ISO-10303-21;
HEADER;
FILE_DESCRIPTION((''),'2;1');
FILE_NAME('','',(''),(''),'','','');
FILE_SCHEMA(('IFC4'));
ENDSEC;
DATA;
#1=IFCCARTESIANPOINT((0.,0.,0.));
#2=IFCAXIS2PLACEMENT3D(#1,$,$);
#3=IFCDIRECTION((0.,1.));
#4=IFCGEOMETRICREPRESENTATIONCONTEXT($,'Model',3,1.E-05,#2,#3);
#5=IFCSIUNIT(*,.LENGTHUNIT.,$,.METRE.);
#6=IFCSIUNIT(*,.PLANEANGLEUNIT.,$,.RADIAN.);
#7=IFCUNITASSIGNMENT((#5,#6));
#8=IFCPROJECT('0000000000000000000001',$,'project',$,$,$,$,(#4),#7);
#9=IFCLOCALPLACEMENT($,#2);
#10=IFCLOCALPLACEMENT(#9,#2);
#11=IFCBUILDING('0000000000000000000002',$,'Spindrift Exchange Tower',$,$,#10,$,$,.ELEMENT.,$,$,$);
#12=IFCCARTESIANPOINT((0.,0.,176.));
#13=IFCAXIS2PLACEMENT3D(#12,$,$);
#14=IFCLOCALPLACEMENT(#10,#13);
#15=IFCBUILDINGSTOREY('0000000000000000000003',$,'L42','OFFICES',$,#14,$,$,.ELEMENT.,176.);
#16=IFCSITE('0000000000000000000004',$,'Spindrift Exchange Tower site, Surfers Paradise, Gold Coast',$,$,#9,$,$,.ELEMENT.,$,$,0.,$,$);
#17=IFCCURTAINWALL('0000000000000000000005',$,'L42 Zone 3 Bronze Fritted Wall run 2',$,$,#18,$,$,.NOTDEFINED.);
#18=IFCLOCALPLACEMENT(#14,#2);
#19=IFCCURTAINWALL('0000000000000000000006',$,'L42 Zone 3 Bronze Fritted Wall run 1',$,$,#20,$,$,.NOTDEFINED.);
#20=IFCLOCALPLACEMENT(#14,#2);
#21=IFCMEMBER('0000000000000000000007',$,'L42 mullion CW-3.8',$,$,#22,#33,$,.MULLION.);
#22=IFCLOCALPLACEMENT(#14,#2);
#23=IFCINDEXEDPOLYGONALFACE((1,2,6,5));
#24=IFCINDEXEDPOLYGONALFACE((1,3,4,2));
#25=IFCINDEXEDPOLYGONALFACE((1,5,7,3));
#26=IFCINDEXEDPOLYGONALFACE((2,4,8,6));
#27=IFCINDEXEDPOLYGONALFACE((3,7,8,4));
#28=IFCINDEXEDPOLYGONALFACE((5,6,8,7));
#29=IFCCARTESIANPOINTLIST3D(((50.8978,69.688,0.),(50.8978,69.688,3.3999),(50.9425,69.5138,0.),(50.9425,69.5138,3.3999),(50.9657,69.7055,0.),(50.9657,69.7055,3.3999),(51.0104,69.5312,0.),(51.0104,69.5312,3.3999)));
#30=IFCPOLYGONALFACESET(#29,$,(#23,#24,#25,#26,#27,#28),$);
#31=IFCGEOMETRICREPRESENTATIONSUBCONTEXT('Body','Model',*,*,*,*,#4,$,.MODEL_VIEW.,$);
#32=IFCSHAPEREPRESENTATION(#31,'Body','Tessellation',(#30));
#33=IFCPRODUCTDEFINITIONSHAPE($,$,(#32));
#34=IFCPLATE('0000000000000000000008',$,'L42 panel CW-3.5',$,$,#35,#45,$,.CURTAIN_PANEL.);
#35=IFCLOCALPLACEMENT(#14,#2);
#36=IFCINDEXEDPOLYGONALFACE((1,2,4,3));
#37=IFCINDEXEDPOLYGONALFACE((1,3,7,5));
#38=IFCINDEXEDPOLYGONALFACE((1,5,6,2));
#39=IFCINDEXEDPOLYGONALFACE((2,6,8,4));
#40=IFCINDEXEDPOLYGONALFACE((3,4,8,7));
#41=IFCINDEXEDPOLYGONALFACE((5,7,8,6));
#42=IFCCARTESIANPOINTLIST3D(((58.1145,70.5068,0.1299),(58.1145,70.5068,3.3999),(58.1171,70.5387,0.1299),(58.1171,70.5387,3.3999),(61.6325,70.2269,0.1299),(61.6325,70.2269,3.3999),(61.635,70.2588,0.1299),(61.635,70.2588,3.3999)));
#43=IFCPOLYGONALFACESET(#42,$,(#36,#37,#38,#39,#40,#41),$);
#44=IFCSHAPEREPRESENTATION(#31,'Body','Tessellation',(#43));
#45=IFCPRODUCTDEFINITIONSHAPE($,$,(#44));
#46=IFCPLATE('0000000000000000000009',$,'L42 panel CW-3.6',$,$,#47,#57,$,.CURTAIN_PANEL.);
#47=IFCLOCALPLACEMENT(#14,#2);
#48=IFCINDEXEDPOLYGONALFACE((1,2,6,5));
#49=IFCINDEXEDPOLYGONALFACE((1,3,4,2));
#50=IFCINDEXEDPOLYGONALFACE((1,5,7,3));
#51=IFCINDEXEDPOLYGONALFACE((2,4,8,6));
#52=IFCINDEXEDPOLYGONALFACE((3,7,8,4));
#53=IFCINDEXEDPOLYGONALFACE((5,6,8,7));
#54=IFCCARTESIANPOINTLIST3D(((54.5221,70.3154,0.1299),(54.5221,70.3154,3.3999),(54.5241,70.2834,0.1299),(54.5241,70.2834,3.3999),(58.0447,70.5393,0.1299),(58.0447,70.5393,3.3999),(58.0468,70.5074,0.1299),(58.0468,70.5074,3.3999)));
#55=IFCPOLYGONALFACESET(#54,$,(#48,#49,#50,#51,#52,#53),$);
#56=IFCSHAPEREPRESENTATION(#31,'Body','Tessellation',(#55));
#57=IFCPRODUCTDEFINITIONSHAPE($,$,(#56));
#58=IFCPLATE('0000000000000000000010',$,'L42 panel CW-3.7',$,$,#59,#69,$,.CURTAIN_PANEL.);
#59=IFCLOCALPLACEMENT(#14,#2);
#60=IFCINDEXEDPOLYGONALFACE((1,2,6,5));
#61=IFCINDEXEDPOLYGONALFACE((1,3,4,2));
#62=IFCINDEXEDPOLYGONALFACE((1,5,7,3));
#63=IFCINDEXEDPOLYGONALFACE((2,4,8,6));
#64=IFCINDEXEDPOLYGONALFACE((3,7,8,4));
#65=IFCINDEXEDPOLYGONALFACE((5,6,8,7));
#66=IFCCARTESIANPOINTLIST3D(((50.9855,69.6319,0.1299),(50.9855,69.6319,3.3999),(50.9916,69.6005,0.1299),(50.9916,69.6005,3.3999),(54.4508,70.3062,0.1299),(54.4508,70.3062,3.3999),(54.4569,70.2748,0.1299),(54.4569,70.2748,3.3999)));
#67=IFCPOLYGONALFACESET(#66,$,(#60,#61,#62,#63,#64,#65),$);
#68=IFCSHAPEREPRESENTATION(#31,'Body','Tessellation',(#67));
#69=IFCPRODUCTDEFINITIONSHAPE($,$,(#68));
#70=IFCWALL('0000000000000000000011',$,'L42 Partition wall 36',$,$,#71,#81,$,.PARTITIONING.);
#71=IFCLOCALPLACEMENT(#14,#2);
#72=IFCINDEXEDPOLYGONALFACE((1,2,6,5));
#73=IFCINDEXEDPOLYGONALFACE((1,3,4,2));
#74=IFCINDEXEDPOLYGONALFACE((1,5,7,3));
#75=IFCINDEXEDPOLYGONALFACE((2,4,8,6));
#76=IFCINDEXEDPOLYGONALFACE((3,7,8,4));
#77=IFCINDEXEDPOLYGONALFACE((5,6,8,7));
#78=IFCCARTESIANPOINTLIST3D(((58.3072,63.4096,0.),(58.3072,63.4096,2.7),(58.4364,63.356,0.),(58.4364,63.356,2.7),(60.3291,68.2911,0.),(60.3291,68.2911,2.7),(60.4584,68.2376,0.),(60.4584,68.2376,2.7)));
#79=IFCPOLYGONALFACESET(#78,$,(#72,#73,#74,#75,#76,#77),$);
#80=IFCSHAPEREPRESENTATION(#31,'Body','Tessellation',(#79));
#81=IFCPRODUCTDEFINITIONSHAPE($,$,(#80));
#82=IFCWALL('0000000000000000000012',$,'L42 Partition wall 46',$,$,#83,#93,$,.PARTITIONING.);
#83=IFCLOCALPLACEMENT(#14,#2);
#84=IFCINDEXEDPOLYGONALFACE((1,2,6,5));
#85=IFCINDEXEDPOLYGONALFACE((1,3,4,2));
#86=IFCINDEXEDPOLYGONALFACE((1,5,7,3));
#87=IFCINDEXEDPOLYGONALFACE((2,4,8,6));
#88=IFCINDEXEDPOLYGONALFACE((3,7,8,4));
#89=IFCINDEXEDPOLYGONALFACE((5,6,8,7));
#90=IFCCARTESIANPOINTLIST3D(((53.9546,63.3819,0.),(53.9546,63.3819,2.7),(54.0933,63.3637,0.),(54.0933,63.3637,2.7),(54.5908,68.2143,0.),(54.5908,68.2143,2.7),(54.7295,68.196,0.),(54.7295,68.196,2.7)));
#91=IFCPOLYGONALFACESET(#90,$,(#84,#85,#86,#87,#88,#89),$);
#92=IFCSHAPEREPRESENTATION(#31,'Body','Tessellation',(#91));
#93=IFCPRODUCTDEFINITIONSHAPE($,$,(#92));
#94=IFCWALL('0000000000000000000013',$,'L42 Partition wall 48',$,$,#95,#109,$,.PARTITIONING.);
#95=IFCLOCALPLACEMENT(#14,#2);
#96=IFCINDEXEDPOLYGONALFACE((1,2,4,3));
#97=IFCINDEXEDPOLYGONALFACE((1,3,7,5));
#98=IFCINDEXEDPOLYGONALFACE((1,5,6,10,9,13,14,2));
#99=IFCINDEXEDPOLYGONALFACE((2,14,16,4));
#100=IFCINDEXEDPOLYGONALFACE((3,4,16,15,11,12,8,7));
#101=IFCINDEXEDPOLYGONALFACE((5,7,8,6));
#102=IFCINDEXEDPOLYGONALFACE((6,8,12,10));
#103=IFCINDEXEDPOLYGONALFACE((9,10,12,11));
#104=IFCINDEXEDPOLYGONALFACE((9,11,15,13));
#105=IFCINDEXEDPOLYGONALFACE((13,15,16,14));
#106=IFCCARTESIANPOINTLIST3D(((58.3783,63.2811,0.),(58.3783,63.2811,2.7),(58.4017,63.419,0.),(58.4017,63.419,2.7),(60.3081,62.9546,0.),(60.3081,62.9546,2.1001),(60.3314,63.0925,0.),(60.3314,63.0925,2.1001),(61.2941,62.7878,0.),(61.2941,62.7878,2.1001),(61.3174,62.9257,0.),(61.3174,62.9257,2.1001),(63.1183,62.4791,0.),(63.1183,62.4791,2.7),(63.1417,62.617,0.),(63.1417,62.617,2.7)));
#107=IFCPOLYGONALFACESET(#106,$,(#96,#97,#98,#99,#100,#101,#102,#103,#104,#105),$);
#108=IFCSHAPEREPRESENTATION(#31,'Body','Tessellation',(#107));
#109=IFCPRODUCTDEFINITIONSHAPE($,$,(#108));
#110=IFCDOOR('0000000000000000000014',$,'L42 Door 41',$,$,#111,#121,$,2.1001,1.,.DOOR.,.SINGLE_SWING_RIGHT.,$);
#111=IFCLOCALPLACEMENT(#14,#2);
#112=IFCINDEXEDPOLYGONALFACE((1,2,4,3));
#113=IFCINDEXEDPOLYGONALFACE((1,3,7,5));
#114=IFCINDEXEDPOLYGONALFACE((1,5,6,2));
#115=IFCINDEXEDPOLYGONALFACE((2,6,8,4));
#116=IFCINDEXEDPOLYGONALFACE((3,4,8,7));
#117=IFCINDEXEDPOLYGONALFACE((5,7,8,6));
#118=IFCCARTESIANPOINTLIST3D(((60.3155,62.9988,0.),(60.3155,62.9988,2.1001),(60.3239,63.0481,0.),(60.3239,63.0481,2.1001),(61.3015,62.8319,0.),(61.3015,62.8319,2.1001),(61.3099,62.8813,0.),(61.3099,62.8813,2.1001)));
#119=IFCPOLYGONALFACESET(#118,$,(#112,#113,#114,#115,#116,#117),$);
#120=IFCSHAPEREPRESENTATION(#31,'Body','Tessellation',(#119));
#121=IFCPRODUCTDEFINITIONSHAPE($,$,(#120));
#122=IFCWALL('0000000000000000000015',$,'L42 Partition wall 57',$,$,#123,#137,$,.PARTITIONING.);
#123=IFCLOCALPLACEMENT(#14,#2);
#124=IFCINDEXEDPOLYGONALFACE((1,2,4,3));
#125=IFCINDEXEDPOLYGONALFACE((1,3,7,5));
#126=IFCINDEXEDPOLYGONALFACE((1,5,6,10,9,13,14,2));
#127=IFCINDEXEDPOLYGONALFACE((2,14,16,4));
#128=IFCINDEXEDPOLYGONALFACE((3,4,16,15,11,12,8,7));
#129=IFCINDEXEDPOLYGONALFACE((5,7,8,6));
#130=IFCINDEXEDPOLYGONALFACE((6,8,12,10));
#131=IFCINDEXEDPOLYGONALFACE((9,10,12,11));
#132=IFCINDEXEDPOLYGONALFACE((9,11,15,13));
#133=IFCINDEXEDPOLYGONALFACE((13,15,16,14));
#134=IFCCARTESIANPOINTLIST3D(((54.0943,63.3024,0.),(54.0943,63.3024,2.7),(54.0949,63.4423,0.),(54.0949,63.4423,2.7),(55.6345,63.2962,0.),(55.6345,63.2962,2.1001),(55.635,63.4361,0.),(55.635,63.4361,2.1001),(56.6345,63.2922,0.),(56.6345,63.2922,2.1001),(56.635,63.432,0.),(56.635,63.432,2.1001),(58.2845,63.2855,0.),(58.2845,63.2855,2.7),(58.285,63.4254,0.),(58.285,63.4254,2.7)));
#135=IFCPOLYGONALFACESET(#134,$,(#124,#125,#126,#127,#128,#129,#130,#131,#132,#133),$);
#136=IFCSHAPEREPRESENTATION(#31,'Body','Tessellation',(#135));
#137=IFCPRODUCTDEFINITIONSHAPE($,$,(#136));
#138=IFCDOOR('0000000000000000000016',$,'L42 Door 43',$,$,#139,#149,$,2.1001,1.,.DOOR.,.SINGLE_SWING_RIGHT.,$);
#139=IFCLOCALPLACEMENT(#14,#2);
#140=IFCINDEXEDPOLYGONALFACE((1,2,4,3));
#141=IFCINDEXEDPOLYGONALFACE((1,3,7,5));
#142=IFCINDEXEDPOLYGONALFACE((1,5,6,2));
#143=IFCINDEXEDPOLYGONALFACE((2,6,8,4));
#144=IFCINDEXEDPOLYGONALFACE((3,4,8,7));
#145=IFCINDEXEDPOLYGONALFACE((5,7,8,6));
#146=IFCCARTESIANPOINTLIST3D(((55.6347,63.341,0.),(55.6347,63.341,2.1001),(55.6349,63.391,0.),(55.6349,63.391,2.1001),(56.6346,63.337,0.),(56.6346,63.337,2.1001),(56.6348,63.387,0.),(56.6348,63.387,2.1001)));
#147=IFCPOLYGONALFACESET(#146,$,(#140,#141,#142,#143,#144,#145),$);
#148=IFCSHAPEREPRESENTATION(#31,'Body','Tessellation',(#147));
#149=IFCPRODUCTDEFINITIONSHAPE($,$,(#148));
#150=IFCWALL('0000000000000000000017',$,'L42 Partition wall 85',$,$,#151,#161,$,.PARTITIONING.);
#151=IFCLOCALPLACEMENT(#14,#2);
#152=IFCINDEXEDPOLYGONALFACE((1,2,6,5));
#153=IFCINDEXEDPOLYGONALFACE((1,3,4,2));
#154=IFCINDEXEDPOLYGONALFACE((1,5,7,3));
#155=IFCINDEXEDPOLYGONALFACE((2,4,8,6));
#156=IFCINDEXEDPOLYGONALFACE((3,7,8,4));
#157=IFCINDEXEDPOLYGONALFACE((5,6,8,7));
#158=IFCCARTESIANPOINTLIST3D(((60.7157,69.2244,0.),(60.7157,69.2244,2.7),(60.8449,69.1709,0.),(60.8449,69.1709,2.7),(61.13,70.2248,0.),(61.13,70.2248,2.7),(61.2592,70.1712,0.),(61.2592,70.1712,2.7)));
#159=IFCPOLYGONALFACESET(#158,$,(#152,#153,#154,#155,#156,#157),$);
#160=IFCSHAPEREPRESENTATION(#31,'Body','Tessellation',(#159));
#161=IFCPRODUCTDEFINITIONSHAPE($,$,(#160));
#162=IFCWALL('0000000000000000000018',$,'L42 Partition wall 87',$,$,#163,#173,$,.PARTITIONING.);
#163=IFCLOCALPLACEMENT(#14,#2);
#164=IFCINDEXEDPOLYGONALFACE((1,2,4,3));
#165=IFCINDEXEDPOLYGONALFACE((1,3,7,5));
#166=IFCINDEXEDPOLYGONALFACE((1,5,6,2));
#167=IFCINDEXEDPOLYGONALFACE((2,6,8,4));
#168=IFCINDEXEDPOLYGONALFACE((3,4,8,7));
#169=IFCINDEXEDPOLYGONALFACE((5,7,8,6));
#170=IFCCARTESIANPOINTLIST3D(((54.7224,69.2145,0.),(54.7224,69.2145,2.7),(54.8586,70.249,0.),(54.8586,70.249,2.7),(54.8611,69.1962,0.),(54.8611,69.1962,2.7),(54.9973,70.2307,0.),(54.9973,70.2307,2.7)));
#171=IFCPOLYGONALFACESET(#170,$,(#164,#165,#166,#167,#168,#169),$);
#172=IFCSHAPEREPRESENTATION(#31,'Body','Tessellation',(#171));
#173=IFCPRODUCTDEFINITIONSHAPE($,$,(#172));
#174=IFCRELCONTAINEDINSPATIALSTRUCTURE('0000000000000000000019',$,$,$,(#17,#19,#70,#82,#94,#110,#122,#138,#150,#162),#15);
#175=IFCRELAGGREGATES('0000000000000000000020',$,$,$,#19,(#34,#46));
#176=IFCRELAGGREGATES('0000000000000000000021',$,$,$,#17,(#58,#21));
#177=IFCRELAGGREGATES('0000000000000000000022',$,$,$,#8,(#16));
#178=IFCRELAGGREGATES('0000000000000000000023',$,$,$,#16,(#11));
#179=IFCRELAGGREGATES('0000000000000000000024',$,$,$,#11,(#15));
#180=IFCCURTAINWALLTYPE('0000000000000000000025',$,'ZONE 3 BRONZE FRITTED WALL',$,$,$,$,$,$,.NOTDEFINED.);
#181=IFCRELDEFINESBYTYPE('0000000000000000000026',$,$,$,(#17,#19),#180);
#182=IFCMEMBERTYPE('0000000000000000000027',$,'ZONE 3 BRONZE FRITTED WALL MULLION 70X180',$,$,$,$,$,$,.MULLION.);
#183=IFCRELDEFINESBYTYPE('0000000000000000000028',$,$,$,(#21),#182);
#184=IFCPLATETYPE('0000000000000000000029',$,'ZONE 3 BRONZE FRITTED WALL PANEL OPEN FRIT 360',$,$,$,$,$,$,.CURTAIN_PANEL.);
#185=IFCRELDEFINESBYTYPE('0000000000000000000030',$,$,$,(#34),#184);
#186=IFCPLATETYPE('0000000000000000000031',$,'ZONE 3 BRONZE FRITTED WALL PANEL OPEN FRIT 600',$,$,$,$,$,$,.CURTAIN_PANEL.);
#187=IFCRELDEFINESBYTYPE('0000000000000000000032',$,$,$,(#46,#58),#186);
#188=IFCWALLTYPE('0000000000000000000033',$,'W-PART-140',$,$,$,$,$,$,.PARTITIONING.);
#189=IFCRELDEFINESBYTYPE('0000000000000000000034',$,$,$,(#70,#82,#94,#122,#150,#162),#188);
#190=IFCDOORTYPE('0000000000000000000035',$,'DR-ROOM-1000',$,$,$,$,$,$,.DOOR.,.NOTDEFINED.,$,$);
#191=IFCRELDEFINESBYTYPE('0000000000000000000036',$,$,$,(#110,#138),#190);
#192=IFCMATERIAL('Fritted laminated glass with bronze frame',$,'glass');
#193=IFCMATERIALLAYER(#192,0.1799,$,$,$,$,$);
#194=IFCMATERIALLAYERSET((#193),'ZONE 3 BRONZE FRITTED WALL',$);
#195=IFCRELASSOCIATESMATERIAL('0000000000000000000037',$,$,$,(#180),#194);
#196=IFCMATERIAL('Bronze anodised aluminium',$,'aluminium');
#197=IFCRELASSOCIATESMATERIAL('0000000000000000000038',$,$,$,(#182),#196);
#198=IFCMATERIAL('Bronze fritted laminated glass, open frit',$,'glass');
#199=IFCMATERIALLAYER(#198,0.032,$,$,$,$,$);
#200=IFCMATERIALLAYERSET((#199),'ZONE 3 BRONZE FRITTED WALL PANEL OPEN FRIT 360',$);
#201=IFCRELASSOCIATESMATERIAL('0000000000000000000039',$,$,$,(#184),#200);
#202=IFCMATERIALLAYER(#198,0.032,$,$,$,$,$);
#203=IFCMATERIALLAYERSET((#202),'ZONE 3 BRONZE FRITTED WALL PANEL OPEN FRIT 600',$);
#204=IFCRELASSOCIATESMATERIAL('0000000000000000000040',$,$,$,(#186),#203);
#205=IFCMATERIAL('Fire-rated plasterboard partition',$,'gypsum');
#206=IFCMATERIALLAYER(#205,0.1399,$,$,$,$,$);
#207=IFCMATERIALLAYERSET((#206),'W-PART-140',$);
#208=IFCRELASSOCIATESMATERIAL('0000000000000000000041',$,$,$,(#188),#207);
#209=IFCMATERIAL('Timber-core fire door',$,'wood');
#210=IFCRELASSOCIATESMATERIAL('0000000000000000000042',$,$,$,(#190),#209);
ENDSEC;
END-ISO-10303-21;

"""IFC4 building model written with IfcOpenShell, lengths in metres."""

from ifc_helpers import new_model, si_unit, direction, frame, frame_2d, origin, origin_2d, place, context, subcontext, project, spatial, rectangle, extrude, source, transform, mapped, material, layer, layer_set, material_profile, profile_set, type_object, element, fill, aggregate, save


model = new_model("IFC4")

# Units and contexts
model_context = context("Model", 3, precision=1e-05, world=origin(), true_north=direction((0.0, 1.0)))
body_context = subcontext(model_context, "Body", "Model", "MODEL_VIEW")
ifc_project = project(units=[si_unit("LENGTHUNIT", "METRE"), si_unit("PLANEANGLEUNIT", "RADIAN")], contexts=[model_context])

# Site, building, storey
site_placement = place(None, origin())
site = spatial("IfcSite", under=ifc_project, at=site_placement, Name="Spindrift Exchange Tower site, Surfers Paradise, Gold Coast", CompositionType="ELEMENT", RefElevation=0.0)
building_placement = place(site_placement, origin())
building = spatial("IfcBuilding", under=site, at=building_placement, Name="Spindrift Exchange Tower", CompositionType="ELEMENT")
storey_placement = place(building_placement, frame((0.0, 0.0, 176.0)))
storey = spatial("IfcBuildingStorey", under=building, at=storey_placement, Name="L42", Description="OFFICES", CompositionType="ELEMENT", Elevation=176.0)

# Curtain wall
ifc_material_1 = material(Name="Fritted laminated glass with bronze frame", Category="glass")
ifc_layer_1 = layer(ifc_material_1, 0.1799)
ifc_layer_set_1 = layer_set([ifc_layer_1], Name="ZONE 3 BRONZE FRITTED WALL")
curtain_wall_type = type_object("IfcCurtainWallType", Name="ZONE 3 BRONZE FRITTED WALL", PredefinedType="NOTDEFINED", material=ifc_layer_set_1)
curtain_wall_1_placement = place(storey_placement, origin())
curtain_wall_1 = element("IfcCurtainWall", 1, at=curtain_wall_1_placement, inside=storey, type_object=curtain_wall_type, Name="L42 Zone 3 Bronze Fritted Wall run 2", PredefinedType="NOTDEFINED")
ifc_material_2 = material(Name="Bronze anodised aluminium", Category="aluminium")

# Curtain wall
curtain_wall_2_placement = place(storey_placement, origin())
curtain_wall_2 = element("IfcCurtainWall", 2, at=curtain_wall_2_placement, inside=storey, type_object=curtain_wall_type, Name="L42 Zone 3 Bronze Fritted Wall run 1", PredefinedType="NOTDEFINED")
ifc_material_profile_1 = material_profile(ifc_material_2, rectangle(XDim=0.0701, YDim=0.1799, at=origin_2d()), Name="ZONE 3 BRONZE FRITTED WALL MULLION 70X180")
ifc_profile_set_1 = profile_set([ifc_material_profile_1], Name="Bronze anodised aluminium")
member_type_1 = type_object("IfcMemberType", Name="ZONE 3 BRONZE FRITTED WALL MULLION 70X180", PredefinedType="MULLION", material=ifc_profile_set_1)
shared_shape_1 = source(origin(), body_context, "Body", "SweptSolid", [
    extrude(rectangle(XDim=0.0701, YDim=0.1799, at=origin_2d()), origin(), (0.0, 0.0, 1.0), 3.3999),
])

# Member
member_1_placement = place(storey_placement, frame((50.9541, 69.6096, 0.0), z_axis=(0.0, 0.0, 1.0), x_axis=(-0.968572, -0.248734, 0.0)))
member_1 = element("IfcMember", 3, at=member_1_placement, type_object=member_type_1, Name="L42 mullion CW-3.8", PredefinedType="MULLION", context=body_context, shape_type="MappedRepresentation", body=[
    mapped(shared_shape_1, transform((0.0, 0.0, 0.0), scale=1.0)),
])

# Plates
ifc_material_3 = material(Name="Bronze fritted laminated glass, open frit", Category="glass")
ifc_layer_2 = layer(ifc_material_3, 0.032)
ifc_layer_set_2 = layer_set([ifc_layer_2], Name="ZONE 3 BRONZE FRITTED WALL PANEL OPEN FRIT 360")
plate_type_1 = type_object("IfcPlateType", Name="ZONE 3 BRONZE FRITTED WALL PANEL OPEN FRIT 360", PredefinedType="CURTAIN_PANEL", material=ifc_layer_set_2)
shared_shape_2 = source(origin(), body_context, "Body", "SweptSolid", [
    extrude(rectangle(XDim=3.5291, YDim=0.032, at=origin_2d()), origin(), (0.0, 0.0, 1.0), 3.27),
])
plate_1_placement = place(storey_placement, frame((59.8748, 70.3828, 0.1299), z_axis=(0.0, 0.0, 1.0), x_axis=(-0.996851, 0.079298, 0.0)))
plate_1 = element("IfcPlate", 4, at=plate_1_placement, type_object=plate_type_1, Name="L42 panel CW-3.5", PredefinedType="CURTAIN_PANEL", context=body_context, shape_type="MappedRepresentation", body=[
    mapped(shared_shape_2, transform((0.0, 0.0, 0.0), scale=1.0)),
])
ifc_layer_3 = layer(ifc_material_3, 0.032)
ifc_layer_set_3 = layer_set([ifc_layer_3], Name="ZONE 3 BRONZE FRITTED WALL PANEL OPEN FRIT 600")
plate_type_2 = type_object("IfcPlateType", Name="ZONE 3 BRONZE FRITTED WALL PANEL OPEN FRIT 600", PredefinedType="CURTAIN_PANEL", material=ifc_layer_set_3)
shared_shape_3 = source(origin(), body_context, "Body", "SweptSolid", [
    extrude(rectangle(XDim=3.5298, YDim=0.032, at=origin_2d()), origin(), (0.0, 0.0, 1.0), 3.27),
])
plate_2_placement = place(storey_placement, frame((56.2844, 70.4114, 0.1299), z_axis=(0.0, 0.0, 1.0), x_axis=(-0.997985, -0.063447, 0.0)))
plate_2 = element("IfcPlate", 5, at=plate_2_placement, type_object=plate_type_2, Name="L42 panel CW-3.6", PredefinedType="CURTAIN_PANEL", context=body_context, shape_type="MappedRepresentation", body=[
    mapped(shared_shape_3, transform((0.0, 0.0, 0.0), scale=1.0)),
])
aggregate(curtain_wall_2, [plate_1, plate_2])
shared_shape_4 = source(origin(), body_context, "Body", "SweptSolid", [
    extrude(rectangle(XDim=3.5303, YDim=0.032, at=origin_2d()), origin(), (0.0, 0.0, 1.0), 3.27),
])
plate_3_placement = place(storey_placement, frame((52.7212, 69.9534, 0.1299), z_axis=(0.0, 0.0, 1.0), x_axis=(-0.981588, -0.191013, 0.0)))
plate_3 = element("IfcPlate", 6, at=plate_3_placement, type_object=plate_type_2, Name="L42 panel CW-3.7", PredefinedType="CURTAIN_PANEL", context=body_context, shape_type="MappedRepresentation", body=[
    mapped(shared_shape_4, transform((0.0, 0.0, 0.0), scale=1.0)),
])
aggregate(curtain_wall_1, [plate_3, member_1])

# Walls
ifc_material_4 = material(Name="Fire-rated plasterboard partition", Category="gypsum")
ifc_layer_4 = layer(ifc_material_4, 0.1399)
ifc_layer_set_4 = layer_set([ifc_layer_4], Name="W-PART-140")
wall_type = type_object("IfcWallType", Name="W-PART-140", PredefinedType="PARTITIONING", material=ifc_layer_set_4)
wall_1_placement = place(storey_placement, frame((58.3718, 63.3828, 0.0), z_axis=(0.0, 0.0, 1.0), x_axis=(0.382676, 0.923883, 0.0)))
element("IfcWall", 7, at=wall_1_placement, inside=storey, type_object=wall_type, Name="L42 Partition wall 36", PredefinedType="PARTITIONING", context=body_context, shape_type="SweptSolid", body=[
    extrude(rectangle(XDim=5.2837, YDim=0.1399, at=frame_2d((2.6418, 0.0))), origin(), (0.0, 0.0, 1.0), 2.7),
])
wall_2_placement = place(storey_placement, frame((54.0239, 63.3728, 0.0), z_axis=(0.0, 0.0, 1.0), x_axis=(0.130536, 0.991444, 0.0)))
element("IfcWall", 8, at=wall_2_placement, inside=storey, type_object=wall_type, Name="L42 Partition wall 46", PredefinedType="PARTITIONING", context=body_context, shape_type="SweptSolid", body=[
    extrude(rectangle(XDim=4.874, YDim=0.1399, at=frame_2d((2.437, 0.0))), origin(), (0.0, 0.0, 1.0), 2.7),
])

# Walls, openings, doors
wall_3_placement = place(storey_placement, frame((58.3899, 63.3501, 0.0), z_axis=(0.0, 0.0, 1.0), x_axis=(0.985986, -0.166828, 0.0)))
wall_3 = element("IfcWall", 9, at=wall_3_placement, inside=storey, type_object=wall_type, Name="L42 Partition wall 48", PredefinedType="PARTITIONING", context=body_context, shape_type="SweptSolid", body=[
    extrude(rectangle(XDim=4.8074, YDim=0.1399, at=frame_2d((2.4038, 0.0))), origin(), (0.0, 0.0, 1.0), 2.7),
])
opening_1_placement = place(wall_3_placement, frame((1.9573, 0.0, 0.0)))
opening_1 = element("IfcOpeningElement", 10, at=opening_1_placement, cuts=wall_3, PredefinedType="OPENING", context=body_context, shape_type="SweptSolid", body=[
    extrude(rectangle(XDim=1.0, YDim=2.1001, at=frame_2d((0.5, 1.05))), frame((0.0, 0.0798, 0.0), z_axis=(0.0, -1.0, 0.0), x_axis=(1.0, 0.0, 0.0)), (0.0, 0.0, 1.0), 0.1599),
])
ifc_material_5 = material(Name="Timber-core fire door", Category="wood")
door_type = type_object("IfcDoorType", Name="DR-ROOM-1000", OperationType="NOTDEFINED", PredefinedType="DOOR", material=ifc_material_5)
shared_shape_5 = source(origin(), body_context, "Body", "SweptSolid", [
    extrude(rectangle(XDim=1.0, YDim=2.1001, at=frame_2d((0.5, 1.05))), frame((0.0, 0.0249, 0.0), z_axis=(0.0, -1.0, 0.0), x_axis=(1.0, 0.0, 0.0)), (0.0, 0.0, 1.0), 0.05),
])
door_1_placement = place(opening_1_placement, origin())
door_1 = element("IfcDoor", 11, at=door_1_placement, inside=storey, type_object=door_type, Name="L42 Door 41", OperationType="SINGLE_SWING_RIGHT", OverallHeight=2.1001, OverallWidth=1.0, PredefinedType="DOOR", context=body_context, shape_type="MappedRepresentation", body=[
    mapped(shared_shape_5, transform((0.0, 0.0, 0.0), scale=1.0)),
])
fill(opening_1, door_1)
wall_4_placement = place(storey_placement, frame((54.0945, 63.3723, 0.0), z_axis=(0.0, 0.0, 1.0), x_axis=(0.999992, -0.00402, 0.0)))
wall_4 = element("IfcWall", 12, at=wall_4_placement, inside=storey, type_object=wall_type, Name="L42 Partition wall 57", PredefinedType="PARTITIONING", context=body_context, shape_type="SweptSolid", body=[
    extrude(rectangle(XDim=4.1902, YDim=0.1399, at=frame_2d((2.0952, 0.0))), origin(), (0.0, 0.0, 1.0), 2.7),
])
opening_2_placement = place(wall_4_placement, frame((1.5403, 0.0, 0.0)))
opening_2 = element("IfcOpeningElement", 13, at=opening_2_placement, cuts=wall_4, PredefinedType="OPENING", context=body_context, shape_type="SweptSolid", body=[
    extrude(rectangle(XDim=1.0, YDim=2.1001, at=frame_2d((0.5, 1.05))), frame((0.0, 0.0798, 0.0), z_axis=(0.0, -1.0, 0.0), x_axis=(1.0, 0.0, 0.0)), (0.0, 0.0, 1.0), 0.1599),
])
door_2_placement = place(opening_2_placement, origin())
door_2 = element("IfcDoor", 14, at=door_2_placement, inside=storey, type_object=door_type, Name="L42 Door 43", OperationType="SINGLE_SWING_RIGHT", OverallHeight=2.1001, OverallWidth=1.0, PredefinedType="DOOR", context=body_context, shape_type="MappedRepresentation", body=[
    mapped(shared_shape_5, transform((0.0, 0.0, 0.0), scale=1.0)),
])
fill(opening_2, door_2)

# Walls
wall_5_placement = place(storey_placement, frame((60.7803, 69.1975, 0.0), z_axis=(0.0, 0.0, 1.0), x_axis=(0.382597, 0.923915, 0.0)))
element("IfcWall", 15, at=wall_5_placement, inside=storey, type_object=wall_type, Name="L42 Partition wall 85", PredefinedType="PARTITIONING", context=body_context, shape_type="SweptSolid", body=[
    extrude(rectangle(XDim=1.0828, YDim=0.1399, at=frame_2d((0.5415, 0.0))), origin(), (0.0, 0.0, 1.0), 2.7),
])
wall_6_placement = place(storey_placement, frame((54.7917, 69.2053, 0.0), z_axis=(0.0, 0.0, 1.0), x_axis=(0.13057, 0.991439, 0.0)))
element("IfcWall", 16, at=wall_6_placement, inside=storey, type_object=wall_type, Name="L42 Partition wall 87", PredefinedType="PARTITIONING", context=body_context, shape_type="SweptSolid", body=[
    extrude(rectangle(XDim=1.0435, YDim=0.1399, at=frame_2d((0.5217, 0.0))), origin(), (0.0, 0.0, 1.0), 2.7),
])

save(model, "model.ifc")
